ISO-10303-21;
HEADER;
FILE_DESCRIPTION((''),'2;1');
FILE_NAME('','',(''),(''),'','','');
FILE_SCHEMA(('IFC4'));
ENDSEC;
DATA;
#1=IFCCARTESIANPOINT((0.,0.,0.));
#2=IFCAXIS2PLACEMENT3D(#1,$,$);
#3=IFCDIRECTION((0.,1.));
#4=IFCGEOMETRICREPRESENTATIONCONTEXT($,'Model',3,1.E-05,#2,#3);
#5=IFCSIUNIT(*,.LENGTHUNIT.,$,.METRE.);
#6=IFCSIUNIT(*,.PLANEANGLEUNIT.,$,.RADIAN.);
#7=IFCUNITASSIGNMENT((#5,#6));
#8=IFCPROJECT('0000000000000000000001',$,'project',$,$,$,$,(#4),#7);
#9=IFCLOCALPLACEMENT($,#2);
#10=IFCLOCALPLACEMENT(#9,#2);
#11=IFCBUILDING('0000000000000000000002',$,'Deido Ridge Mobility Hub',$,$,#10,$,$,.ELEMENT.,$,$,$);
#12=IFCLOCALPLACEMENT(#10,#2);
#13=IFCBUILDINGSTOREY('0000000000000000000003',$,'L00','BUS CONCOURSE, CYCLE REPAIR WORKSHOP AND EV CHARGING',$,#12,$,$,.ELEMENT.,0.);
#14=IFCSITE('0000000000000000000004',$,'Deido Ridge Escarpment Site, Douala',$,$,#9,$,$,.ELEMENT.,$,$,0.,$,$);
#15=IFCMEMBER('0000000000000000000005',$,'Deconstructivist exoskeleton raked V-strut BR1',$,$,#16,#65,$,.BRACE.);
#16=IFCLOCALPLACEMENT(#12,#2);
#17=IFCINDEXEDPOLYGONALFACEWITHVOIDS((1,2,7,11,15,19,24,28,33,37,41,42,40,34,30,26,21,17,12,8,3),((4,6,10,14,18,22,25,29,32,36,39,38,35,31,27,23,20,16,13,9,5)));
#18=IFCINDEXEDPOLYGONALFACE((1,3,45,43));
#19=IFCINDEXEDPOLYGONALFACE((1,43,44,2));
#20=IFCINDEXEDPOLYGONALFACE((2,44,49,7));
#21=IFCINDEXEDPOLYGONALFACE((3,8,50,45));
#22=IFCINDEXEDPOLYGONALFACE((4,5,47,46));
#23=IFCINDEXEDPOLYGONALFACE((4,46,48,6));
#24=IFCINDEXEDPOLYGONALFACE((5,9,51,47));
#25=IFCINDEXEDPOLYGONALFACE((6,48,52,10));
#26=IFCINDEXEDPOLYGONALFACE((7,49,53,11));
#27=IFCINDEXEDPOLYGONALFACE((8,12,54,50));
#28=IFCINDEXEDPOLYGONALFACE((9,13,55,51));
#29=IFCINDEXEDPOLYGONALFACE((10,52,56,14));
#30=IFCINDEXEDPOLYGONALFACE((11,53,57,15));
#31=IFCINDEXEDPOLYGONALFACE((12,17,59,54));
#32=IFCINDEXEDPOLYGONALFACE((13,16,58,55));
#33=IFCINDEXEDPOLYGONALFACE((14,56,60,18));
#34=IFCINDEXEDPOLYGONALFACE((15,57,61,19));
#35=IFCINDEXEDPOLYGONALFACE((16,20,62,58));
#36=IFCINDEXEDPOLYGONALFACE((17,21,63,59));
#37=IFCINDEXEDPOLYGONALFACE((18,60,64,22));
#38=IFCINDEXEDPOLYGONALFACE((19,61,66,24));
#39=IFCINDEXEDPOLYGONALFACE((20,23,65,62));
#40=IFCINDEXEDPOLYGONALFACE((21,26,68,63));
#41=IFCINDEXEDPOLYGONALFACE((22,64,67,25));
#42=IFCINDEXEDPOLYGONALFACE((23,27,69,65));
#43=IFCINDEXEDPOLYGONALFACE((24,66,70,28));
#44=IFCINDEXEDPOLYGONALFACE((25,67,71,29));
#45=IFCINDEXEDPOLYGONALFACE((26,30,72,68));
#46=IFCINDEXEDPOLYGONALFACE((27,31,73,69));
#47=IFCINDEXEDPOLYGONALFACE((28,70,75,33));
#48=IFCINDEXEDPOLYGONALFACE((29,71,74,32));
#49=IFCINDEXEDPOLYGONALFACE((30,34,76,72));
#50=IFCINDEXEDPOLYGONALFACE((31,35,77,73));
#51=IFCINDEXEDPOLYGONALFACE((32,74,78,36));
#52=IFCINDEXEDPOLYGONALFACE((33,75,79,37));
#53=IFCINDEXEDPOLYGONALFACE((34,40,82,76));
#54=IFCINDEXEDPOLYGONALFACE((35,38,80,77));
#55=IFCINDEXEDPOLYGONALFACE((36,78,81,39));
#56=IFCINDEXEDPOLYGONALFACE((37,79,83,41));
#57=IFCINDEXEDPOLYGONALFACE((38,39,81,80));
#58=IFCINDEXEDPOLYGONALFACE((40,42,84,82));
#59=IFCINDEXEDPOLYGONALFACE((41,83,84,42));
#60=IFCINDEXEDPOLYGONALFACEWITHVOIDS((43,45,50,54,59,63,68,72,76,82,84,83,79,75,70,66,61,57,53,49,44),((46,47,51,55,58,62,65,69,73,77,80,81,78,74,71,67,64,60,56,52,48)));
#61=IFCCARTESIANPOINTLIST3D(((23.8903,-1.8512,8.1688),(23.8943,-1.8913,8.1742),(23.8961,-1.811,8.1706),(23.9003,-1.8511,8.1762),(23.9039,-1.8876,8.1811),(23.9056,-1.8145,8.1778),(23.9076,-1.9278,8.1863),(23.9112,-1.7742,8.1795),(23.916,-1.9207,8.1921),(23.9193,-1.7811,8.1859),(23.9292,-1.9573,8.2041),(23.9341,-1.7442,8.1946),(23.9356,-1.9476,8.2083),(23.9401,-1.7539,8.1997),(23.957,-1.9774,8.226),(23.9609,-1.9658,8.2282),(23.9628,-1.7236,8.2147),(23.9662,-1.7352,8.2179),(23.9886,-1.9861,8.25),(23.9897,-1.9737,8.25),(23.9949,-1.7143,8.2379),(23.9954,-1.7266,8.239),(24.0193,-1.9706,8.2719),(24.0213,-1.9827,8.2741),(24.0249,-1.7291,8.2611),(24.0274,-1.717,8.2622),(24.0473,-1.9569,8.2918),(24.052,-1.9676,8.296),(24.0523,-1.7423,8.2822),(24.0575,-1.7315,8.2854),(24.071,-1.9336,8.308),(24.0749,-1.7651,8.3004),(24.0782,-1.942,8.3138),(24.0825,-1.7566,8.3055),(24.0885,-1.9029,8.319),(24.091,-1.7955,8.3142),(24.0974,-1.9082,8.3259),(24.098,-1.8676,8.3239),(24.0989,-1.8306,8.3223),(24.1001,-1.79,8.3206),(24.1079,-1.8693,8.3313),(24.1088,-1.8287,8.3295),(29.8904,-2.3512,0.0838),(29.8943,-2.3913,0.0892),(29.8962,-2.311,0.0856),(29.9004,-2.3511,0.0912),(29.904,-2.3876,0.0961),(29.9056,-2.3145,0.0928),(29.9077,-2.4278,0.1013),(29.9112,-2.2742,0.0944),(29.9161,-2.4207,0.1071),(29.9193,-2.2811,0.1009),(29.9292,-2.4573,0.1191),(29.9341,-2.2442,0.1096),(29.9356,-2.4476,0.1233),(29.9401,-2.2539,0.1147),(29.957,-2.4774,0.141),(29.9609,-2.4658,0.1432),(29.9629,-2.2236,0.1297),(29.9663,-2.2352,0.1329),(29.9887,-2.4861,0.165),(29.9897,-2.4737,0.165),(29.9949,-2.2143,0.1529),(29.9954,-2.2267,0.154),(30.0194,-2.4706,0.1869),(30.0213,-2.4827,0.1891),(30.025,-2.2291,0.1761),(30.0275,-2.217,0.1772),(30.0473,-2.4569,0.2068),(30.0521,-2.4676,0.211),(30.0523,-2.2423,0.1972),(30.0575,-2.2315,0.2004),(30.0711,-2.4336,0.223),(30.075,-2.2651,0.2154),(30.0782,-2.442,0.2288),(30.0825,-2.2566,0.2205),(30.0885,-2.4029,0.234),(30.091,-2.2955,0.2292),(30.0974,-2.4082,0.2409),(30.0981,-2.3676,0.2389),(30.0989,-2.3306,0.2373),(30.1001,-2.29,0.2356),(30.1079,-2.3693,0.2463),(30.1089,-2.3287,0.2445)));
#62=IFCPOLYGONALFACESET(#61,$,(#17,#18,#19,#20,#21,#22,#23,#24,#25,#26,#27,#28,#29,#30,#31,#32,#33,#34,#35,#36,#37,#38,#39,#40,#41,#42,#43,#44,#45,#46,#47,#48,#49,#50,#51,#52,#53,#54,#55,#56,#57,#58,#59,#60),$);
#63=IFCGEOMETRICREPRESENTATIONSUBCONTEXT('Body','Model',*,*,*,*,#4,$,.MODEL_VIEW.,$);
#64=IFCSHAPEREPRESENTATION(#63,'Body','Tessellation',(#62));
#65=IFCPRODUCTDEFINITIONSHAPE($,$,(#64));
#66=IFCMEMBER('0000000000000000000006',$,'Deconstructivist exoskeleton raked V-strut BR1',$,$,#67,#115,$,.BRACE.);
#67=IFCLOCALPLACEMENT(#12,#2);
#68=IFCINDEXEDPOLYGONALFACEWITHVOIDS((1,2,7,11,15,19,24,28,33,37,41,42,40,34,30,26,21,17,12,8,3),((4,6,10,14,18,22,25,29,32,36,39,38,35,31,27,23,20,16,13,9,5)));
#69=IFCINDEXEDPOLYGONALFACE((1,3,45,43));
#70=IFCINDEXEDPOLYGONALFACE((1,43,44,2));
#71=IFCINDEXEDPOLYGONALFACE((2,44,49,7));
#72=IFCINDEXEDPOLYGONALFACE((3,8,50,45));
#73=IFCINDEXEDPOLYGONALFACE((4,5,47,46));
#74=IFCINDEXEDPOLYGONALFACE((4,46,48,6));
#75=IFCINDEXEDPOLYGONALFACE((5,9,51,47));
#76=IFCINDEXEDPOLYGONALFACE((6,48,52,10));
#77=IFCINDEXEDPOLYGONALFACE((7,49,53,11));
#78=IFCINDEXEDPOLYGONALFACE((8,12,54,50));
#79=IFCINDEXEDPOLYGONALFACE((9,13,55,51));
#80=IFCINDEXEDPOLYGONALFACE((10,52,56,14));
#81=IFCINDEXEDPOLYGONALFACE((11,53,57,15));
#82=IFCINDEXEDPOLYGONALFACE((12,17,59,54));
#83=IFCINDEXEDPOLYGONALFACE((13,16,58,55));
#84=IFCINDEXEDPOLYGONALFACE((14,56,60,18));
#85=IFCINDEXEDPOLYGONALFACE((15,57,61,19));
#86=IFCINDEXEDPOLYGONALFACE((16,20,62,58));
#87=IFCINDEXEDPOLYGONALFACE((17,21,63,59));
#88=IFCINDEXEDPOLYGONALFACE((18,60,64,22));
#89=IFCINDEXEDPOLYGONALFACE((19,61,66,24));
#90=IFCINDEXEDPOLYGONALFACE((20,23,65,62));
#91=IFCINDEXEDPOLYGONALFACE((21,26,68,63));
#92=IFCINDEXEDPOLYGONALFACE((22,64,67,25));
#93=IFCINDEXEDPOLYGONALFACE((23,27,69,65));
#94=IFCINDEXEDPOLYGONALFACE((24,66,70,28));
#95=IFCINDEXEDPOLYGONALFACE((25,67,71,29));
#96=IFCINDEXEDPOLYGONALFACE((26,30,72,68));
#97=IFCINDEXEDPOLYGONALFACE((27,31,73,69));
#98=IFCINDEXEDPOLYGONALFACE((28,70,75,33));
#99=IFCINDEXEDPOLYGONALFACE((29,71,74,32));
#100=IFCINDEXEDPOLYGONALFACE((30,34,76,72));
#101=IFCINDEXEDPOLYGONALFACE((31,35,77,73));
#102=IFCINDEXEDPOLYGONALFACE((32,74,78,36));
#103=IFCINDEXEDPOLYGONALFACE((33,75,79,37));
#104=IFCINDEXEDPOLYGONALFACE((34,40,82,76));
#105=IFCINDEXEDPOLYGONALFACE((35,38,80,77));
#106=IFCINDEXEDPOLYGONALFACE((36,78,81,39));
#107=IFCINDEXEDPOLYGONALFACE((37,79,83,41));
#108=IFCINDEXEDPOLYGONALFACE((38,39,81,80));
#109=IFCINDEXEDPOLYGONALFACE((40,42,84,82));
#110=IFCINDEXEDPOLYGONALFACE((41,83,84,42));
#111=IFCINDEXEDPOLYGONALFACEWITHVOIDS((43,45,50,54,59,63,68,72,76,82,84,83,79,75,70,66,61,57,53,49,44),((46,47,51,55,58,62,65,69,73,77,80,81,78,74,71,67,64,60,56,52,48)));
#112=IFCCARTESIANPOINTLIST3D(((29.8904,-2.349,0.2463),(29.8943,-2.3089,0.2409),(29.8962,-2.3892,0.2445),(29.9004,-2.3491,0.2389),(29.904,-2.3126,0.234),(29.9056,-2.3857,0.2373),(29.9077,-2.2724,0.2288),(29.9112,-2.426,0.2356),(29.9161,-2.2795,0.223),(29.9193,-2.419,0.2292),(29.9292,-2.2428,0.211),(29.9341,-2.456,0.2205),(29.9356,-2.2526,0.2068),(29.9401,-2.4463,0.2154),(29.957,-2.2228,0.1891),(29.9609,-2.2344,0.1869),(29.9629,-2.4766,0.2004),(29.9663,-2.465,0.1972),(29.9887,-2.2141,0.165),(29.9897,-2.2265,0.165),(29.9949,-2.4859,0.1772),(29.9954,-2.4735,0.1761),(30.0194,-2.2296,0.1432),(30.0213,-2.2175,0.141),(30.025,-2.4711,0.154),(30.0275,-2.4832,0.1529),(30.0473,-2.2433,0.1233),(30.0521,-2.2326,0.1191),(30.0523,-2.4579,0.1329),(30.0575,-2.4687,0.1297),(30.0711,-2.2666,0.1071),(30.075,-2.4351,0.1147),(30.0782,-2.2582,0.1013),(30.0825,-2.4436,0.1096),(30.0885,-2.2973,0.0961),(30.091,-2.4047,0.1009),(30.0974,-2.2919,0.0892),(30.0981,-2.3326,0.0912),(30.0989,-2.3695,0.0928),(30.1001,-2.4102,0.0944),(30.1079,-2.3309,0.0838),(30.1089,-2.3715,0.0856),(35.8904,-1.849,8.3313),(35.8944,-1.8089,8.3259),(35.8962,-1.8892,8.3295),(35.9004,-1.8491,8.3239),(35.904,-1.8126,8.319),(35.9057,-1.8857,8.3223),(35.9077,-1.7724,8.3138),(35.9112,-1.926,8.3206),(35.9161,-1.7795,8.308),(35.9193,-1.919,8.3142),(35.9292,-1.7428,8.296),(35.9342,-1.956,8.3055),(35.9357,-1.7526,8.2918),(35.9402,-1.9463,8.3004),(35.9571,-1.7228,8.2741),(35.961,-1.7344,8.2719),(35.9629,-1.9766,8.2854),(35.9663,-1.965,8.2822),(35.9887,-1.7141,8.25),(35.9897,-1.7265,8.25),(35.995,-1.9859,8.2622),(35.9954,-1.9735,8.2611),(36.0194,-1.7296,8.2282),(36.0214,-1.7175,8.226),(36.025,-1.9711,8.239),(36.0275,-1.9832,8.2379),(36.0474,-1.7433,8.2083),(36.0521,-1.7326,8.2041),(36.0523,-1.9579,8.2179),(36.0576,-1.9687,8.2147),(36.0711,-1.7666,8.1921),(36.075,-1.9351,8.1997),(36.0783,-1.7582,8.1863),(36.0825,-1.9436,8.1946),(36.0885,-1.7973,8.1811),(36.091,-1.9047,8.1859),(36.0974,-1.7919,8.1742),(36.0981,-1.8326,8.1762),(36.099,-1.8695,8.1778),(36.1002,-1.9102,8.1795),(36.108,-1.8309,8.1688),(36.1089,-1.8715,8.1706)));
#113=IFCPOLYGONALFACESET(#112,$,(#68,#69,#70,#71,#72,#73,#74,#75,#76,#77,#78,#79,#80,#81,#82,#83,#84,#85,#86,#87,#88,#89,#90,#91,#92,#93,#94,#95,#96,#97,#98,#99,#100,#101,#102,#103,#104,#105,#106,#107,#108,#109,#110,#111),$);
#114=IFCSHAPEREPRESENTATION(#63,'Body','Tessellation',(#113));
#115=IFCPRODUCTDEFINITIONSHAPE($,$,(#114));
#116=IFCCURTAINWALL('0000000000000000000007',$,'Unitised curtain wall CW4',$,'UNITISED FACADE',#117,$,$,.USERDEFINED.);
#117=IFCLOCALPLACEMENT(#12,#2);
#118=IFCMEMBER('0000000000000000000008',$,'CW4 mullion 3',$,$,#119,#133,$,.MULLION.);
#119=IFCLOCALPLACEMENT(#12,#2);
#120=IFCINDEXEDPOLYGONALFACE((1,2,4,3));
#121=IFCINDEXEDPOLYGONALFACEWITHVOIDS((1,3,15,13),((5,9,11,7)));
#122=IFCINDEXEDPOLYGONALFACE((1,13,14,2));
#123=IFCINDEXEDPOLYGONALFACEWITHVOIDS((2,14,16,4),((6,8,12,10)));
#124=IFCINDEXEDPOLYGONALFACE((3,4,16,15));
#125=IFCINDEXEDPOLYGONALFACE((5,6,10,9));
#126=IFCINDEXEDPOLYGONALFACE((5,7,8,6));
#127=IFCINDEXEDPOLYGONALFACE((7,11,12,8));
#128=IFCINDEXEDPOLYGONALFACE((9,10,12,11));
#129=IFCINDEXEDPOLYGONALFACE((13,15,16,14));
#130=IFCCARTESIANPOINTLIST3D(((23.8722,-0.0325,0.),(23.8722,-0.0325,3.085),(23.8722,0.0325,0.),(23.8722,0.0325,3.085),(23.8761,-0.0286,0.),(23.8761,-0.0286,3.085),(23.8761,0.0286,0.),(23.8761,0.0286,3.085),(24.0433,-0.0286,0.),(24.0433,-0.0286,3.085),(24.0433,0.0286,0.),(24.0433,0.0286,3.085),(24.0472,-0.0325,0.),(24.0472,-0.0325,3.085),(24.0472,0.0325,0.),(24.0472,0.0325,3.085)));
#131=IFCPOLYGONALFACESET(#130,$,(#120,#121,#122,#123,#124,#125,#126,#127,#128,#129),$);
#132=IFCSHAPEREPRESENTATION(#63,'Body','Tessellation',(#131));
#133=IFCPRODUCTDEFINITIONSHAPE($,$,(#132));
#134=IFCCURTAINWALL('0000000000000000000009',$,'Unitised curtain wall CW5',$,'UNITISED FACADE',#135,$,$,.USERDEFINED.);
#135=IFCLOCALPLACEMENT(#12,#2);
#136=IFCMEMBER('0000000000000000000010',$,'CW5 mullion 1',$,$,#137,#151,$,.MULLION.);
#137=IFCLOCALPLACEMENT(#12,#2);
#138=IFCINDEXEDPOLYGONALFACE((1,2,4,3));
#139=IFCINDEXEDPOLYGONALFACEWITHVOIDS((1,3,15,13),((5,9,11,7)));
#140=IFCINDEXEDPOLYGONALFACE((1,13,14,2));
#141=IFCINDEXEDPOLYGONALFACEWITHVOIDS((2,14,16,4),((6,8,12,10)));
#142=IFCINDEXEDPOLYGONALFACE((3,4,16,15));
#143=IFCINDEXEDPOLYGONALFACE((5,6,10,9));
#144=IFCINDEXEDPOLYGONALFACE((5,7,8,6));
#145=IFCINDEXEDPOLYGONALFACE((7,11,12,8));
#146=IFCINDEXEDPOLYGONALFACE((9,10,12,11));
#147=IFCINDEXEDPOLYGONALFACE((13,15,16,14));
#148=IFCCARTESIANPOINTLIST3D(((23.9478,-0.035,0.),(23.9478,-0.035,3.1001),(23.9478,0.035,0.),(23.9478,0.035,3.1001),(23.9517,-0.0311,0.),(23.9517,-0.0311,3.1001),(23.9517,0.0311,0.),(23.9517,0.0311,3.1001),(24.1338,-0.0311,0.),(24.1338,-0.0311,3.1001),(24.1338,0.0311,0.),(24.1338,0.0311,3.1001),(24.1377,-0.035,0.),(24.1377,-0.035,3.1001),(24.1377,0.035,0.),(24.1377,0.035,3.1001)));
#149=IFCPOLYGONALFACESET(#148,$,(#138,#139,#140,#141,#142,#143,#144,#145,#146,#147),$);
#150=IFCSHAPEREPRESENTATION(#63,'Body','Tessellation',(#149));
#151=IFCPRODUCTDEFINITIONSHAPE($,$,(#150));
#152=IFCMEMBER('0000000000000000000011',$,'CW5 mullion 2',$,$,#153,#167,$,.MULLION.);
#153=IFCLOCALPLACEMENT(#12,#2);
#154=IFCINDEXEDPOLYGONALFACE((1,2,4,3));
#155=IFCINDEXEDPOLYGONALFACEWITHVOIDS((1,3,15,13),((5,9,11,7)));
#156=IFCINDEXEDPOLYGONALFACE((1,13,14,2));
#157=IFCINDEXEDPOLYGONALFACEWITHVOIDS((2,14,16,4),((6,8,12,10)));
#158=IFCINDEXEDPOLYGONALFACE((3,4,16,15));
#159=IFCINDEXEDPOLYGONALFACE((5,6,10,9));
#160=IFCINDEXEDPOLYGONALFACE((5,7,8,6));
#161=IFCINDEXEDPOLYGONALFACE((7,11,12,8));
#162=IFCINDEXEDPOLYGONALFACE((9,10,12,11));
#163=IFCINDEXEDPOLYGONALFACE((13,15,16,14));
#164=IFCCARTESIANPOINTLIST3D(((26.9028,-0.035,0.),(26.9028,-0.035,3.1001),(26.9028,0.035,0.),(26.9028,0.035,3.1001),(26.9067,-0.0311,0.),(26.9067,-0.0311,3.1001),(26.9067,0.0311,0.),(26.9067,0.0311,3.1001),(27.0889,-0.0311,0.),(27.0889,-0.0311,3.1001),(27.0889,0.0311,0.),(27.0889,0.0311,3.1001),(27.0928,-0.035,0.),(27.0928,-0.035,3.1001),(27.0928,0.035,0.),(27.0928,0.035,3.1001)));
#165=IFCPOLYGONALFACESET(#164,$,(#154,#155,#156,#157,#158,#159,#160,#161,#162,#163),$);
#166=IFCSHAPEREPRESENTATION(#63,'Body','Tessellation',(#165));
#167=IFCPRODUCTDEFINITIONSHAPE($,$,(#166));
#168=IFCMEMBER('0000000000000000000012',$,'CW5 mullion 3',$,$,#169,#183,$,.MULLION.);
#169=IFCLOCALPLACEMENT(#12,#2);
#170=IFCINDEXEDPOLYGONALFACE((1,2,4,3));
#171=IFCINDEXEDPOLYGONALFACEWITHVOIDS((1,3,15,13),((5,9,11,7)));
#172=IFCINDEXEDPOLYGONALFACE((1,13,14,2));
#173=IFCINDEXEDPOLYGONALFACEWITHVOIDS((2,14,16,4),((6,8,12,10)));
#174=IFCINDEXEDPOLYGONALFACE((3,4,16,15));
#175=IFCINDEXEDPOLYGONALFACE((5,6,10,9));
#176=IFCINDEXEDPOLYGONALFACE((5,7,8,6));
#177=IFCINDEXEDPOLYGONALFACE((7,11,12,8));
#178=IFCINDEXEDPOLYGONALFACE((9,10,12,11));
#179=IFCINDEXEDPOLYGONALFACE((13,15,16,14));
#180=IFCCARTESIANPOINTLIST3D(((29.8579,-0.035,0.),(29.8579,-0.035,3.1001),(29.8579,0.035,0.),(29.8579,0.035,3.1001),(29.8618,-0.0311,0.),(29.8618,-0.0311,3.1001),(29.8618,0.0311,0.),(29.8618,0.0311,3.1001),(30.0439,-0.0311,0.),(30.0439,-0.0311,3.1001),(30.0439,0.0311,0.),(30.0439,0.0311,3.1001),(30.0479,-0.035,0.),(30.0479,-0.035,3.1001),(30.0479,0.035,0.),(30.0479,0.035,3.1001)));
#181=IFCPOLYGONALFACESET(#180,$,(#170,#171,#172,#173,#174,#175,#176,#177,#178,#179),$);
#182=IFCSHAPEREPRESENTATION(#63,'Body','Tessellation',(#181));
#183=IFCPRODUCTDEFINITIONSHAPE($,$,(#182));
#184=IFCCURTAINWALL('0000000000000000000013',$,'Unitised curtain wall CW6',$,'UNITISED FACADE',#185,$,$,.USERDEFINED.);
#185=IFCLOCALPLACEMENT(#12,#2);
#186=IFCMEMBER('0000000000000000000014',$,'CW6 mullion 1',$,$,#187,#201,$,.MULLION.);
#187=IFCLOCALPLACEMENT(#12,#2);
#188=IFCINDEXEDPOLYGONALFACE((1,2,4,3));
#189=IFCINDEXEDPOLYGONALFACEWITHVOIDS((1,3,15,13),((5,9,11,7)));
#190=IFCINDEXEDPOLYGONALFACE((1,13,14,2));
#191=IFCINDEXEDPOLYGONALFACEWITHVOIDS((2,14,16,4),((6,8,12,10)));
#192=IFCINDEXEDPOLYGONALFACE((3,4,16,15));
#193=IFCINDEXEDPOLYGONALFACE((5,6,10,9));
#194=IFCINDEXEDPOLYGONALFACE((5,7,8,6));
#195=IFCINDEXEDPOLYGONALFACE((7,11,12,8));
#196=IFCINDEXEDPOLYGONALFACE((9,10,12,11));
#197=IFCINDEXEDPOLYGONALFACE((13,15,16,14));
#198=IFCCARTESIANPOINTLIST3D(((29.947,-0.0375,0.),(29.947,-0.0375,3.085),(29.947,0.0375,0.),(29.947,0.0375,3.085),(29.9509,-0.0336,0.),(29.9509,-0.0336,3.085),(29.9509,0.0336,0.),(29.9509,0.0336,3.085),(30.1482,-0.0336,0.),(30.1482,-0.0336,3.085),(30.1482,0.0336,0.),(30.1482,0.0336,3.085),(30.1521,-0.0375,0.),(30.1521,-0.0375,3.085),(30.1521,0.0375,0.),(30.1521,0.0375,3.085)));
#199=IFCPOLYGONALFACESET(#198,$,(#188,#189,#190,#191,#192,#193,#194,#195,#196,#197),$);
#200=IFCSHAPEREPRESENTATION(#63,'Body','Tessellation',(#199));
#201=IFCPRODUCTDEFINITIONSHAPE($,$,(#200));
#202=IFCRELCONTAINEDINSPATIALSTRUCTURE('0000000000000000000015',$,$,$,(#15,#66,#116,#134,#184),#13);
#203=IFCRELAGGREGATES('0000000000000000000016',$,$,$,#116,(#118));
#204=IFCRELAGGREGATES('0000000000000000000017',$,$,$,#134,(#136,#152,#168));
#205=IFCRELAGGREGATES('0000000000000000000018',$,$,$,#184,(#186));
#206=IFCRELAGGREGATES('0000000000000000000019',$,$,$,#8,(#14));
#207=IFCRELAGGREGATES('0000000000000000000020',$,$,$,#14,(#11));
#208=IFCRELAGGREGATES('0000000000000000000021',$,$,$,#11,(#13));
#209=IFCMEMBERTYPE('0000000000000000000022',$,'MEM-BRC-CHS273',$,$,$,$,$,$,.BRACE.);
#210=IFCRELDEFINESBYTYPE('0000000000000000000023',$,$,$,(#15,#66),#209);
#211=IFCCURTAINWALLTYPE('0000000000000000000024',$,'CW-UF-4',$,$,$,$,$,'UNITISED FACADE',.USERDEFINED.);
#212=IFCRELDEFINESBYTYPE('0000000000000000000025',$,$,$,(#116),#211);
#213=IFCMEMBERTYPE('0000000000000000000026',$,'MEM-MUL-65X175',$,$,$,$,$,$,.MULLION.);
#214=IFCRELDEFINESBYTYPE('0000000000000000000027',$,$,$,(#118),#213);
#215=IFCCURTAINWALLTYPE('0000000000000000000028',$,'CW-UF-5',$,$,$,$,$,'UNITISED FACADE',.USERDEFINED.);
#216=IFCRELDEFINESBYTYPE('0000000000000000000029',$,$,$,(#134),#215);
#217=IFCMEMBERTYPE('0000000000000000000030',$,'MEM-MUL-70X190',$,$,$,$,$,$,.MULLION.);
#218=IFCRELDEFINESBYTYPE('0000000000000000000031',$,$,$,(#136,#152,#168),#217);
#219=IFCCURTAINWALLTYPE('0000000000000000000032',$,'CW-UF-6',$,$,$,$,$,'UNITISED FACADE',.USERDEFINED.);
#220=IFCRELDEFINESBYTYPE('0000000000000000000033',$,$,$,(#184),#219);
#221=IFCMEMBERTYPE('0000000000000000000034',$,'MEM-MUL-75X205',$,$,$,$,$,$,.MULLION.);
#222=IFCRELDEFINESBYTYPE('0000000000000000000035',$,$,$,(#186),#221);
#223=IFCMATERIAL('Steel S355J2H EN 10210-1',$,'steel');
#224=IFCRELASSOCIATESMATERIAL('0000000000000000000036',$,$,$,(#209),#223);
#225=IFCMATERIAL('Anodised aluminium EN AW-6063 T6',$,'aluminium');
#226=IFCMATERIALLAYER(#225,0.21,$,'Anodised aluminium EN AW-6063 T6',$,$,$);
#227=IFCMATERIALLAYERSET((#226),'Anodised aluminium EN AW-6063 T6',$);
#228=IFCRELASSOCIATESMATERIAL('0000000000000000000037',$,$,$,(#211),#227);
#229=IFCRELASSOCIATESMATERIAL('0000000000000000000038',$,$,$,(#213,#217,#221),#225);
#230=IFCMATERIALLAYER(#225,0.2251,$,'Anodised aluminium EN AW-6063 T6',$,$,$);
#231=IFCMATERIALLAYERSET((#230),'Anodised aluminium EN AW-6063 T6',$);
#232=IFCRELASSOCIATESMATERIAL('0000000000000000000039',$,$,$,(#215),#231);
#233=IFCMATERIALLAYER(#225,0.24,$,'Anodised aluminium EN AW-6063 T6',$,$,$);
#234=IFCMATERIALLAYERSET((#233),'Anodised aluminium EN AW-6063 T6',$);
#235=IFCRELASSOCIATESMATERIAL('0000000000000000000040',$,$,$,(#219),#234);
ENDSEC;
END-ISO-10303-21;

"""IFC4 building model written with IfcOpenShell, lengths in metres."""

from ifc_helpers import new_model, si_unit, direction, frame, origin, origin_2d, place, context, subcontext, project, spatial, hollow_rectangle, hollow_circle, extrude, material, layer, layer_set, material_profile, profile_set, type_object, element, aggregate, save


model = new_model("IFC4")

# Units and contexts
model_context = context("Model", 3, precision=1e-05, world=origin(), true_north=direction((0.0, 1.0)))
body_context = subcontext(model_context, "Body", "Model", "MODEL_VIEW")
ifc_project = project(units=[si_unit("LENGTHUNIT", "METRE"), si_unit("PLANEANGLEUNIT", "RADIAN")], contexts=[model_context])

# Site, building, storey
site_placement = place(None, origin())
site = spatial("IfcSite", under=ifc_project, at=site_placement, Name="Deido Ridge Escarpment Site, Douala", CompositionType="ELEMENT", RefElevation=0.0)
building_placement = place(site_placement, origin())
building = spatial("IfcBuilding", under=site, at=building_placement, Name="Deido Ridge Mobility Hub", CompositionType="ELEMENT")
storey_placement = place(building_placement, origin())
storey = spatial("IfcBuildingStorey", under=building, at=storey_placement, Name="L00", Description="BUS CONCOURSE, CYCLE REPAIR WORKSHOP AND EV CHARGING", CompositionType="ELEMENT", Elevation=0.0)

# Members
ifc_material_1 = material(Name="Steel S355J2H EN 10210-1", Category="steel")
ifc_material_profile_1 = material_profile(ifc_material_1, hollow_circle(Radius=0.1365, WallThickness=0.0125, at=origin_2d()), Name="CHS 273x12.5")
ifc_profile_set_1 = profile_set([ifc_material_profile_1], Name="Steel S355J2H EN 10210-1")
member_type_1 = type_object("IfcMemberType", Name="MEM-BRC-CHS273", PredefinedType="BRACE", material=ifc_profile_set_1)
for number, where, z_axis, x_axis, name in (
    (1, (30.0, -2.3501, 0.165), (-0.595208, 0.049601, 0.802039), (-0.083045, -0.996546, 0.0), "Deconstructivist exoskeleton raked V-strut BR1"),
    (2, (30.0, -2.3501, 0.165), (0.595208, 0.049601, 0.802039), (-0.083045, 0.996546, 0.0), "Deconstructivist exoskeleton raked V-strut BR1"),
):
    element("IfcMember", number, at=place(storey_placement, frame(where, z_axis=z_axis, x_axis=x_axis)), inside=storey, type_object=member_type_1, Name=name, PredefinedType="BRACE", context=body_context, shape_type="SweptSolid", body=[
        extrude(hollow_circle(Radius=0.1365, WallThickness=0.0125, at=origin_2d()), origin(), (0.0, 0.0, 1.0), 10.0806),
    ])

# Curtain wall, member
ifc_material_2 = material(Name="Anodised aluminium EN AW-6063 T6", Category="aluminium")
ifc_layer_1 = layer(ifc_material_2, 0.21, Name="Anodised aluminium EN AW-6063 T6")
ifc_layer_set_1 = layer_set([ifc_layer_1], Name="Anodised aluminium EN AW-6063 T6")
curtain_wall_type_1 = type_object("IfcCurtainWallType", Name="CW-UF-4", ElementType="UNITISED FACADE", PredefinedType="USERDEFINED", material=ifc_layer_set_1)
curtain_wall_1_placement = place(storey_placement, origin())
curtain_wall_1 = element("IfcCurtainWall", 3, at=curtain_wall_1_placement, inside=storey, type_object=curtain_wall_type_1, Name="Unitised curtain wall CW4", ObjectType="UNITISED FACADE", PredefinedType="USERDEFINED")
ifc_material_profile_2 = material_profile(ifc_material_2, hollow_rectangle(XDim=0.0649, YDim=0.175, WallThickness=0.0039, at=origin_2d()), Name="RHS 65x175x4")
ifc_profile_set_2 = profile_set([ifc_material_profile_2], Name="Anodised aluminium EN AW-6063 T6")
member_type_2 = type_object("IfcMemberType", Name="MEM-MUL-65X175", PredefinedType="MULLION", material=ifc_profile_set_2)
member_1_placement = place(storey_placement, frame((23.9597, 0.0, 0.0), z_axis=(0.0, 0.0, 1.0), x_axis=(0.0, 1.0, 0.0)))
member_1 = element("IfcMember", 4, at=member_1_placement, type_object=member_type_2, Name="CW4 mullion 3", PredefinedType="MULLION", context=body_context, shape_type="SweptSolid", body=[
    extrude(hollow_rectangle(XDim=0.0649, YDim=0.175, WallThickness=0.0039, at=origin_2d()), origin(), (0.0, 0.0, 1.0), 3.085),
])

# Curtain walls, members
ifc_layer_2 = layer(ifc_material_2, 0.2251, Name="Anodised aluminium EN AW-6063 T6")
ifc_layer_set_2 = layer_set([ifc_layer_2], Name="Anodised aluminium EN AW-6063 T6")
curtain_wall_type_2 = type_object("IfcCurtainWallType", Name="CW-UF-5", ElementType="UNITISED FACADE", PredefinedType="USERDEFINED", material=ifc_layer_set_2)
curtain_wall_2_placement = place(storey_placement, origin())
curtain_wall_2 = element("IfcCurtainWall", 5, at=curtain_wall_2_placement, inside=storey, type_object=curtain_wall_type_2, Name="Unitised curtain wall CW5", ObjectType="UNITISED FACADE", PredefinedType="USERDEFINED")
ifc_material_profile_3 = material_profile(ifc_material_2, hollow_rectangle(XDim=0.0701, YDim=0.1899, WallThickness=0.0039, at=origin_2d()), Name="RHS 70x190x4")
ifc_profile_set_3 = profile_set([ifc_material_profile_3], Name="Anodised aluminium EN AW-6063 T6")
member_type_3 = type_object("IfcMemberType", Name="MEM-MUL-70X190", PredefinedType="MULLION", material=ifc_profile_set_3)
member_2_placement = place(storey_placement, frame((24.0427, 0.0, 0.0), z_axis=(0.0, 0.0, 1.0), x_axis=(0.0, 1.0, 0.0)))
member_2 = element("IfcMember", 6, at=member_2_placement, type_object=member_type_3, Name="CW5 mullion 1", PredefinedType="MULLION", context=body_context, shape_type="SweptSolid", body=[
    extrude(hollow_rectangle(XDim=0.0701, YDim=0.1899, WallThickness=0.0039, at=origin_2d()), origin(), (0.0, 0.0, 1.0), 3.1001),
])
member_3_placement = place(storey_placement, frame((26.9978, 0.0, 0.0), z_axis=(0.0, 0.0, 1.0), x_axis=(0.0, 1.0, 0.0)))
member_3 = element("IfcMember", 7, at=member_3_placement, type_object=member_type_3, Name="CW5 mullion 2", PredefinedType="MULLION", context=body_context, shape_type="SweptSolid", body=[
    extrude(hollow_rectangle(XDim=0.0701, YDim=0.1899, WallThickness=0.0039, at=origin_2d()), origin(), (0.0, 0.0, 1.0), 3.1001),
])
member_4_placement = place(storey_placement, frame((29.9529, 0.0, 0.0), z_axis=(0.0, 0.0, 1.0), x_axis=(0.0, 1.0, 0.0)))
member_4 = element("IfcMember", 8, at=member_4_placement, type_object=member_type_3, Name="CW5 mullion 3", PredefinedType="MULLION", context=body_context, shape_type="SweptSolid", body=[
    extrude(hollow_rectangle(XDim=0.0701, YDim=0.1899, WallThickness=0.0039, at=origin_2d()), origin(), (0.0, 0.0, 1.0), 3.1001),
])
ifc_layer_3 = layer(ifc_material_2, 0.24, Name="Anodised aluminium EN AW-6063 T6")
ifc_layer_set_3 = layer_set([ifc_layer_3], Name="Anodised aluminium EN AW-6063 T6")
curtain_wall_type_3 = type_object("IfcCurtainWallType", Name="CW-UF-6", ElementType="UNITISED FACADE", PredefinedType="USERDEFINED", material=ifc_layer_set_3)
curtain_wall_3_placement = place(storey_placement, origin())
curtain_wall_3 = element("IfcCurtainWall", 9, at=curtain_wall_3_placement, inside=storey, type_object=curtain_wall_type_3, Name="Unitised curtain wall CW6", ObjectType="UNITISED FACADE", PredefinedType="USERDEFINED")
ifc_material_profile_4 = material_profile(ifc_material_2, hollow_rectangle(XDim=0.075, YDim=0.2051, WallThickness=0.0039, at=origin_2d()), Name="RHS 75x205x4")
ifc_profile_set_4 = profile_set([ifc_material_profile_4], Name="Anodised aluminium EN AW-6063 T6")
member_type_4 = type_object("IfcMemberType", Name="MEM-MUL-75X205", PredefinedType="MULLION", material=ifc_profile_set_4)
member_5_placement = place(storey_placement, frame((30.0496, 0.0, 0.0), z_axis=(0.0, 0.0, 1.0), x_axis=(0.0, 1.0, 0.0)))
member_5 = element("IfcMember", 10, at=member_5_placement, type_object=member_type_4, Name="CW6 mullion 1", PredefinedType="MULLION", context=body_context, shape_type="SweptSolid", body=[
    extrude(hollow_rectangle(XDim=0.075, YDim=0.2051, WallThickness=0.0039, at=origin_2d()), origin(), (0.0, 0.0, 1.0), 3.085),
])

aggregate(curtain_wall_1, [member_1])
aggregate(curtain_wall_2, [member_2, member_3, member_4])
aggregate(curtain_wall_3, [member_5])

save(model, "model.ifc")
